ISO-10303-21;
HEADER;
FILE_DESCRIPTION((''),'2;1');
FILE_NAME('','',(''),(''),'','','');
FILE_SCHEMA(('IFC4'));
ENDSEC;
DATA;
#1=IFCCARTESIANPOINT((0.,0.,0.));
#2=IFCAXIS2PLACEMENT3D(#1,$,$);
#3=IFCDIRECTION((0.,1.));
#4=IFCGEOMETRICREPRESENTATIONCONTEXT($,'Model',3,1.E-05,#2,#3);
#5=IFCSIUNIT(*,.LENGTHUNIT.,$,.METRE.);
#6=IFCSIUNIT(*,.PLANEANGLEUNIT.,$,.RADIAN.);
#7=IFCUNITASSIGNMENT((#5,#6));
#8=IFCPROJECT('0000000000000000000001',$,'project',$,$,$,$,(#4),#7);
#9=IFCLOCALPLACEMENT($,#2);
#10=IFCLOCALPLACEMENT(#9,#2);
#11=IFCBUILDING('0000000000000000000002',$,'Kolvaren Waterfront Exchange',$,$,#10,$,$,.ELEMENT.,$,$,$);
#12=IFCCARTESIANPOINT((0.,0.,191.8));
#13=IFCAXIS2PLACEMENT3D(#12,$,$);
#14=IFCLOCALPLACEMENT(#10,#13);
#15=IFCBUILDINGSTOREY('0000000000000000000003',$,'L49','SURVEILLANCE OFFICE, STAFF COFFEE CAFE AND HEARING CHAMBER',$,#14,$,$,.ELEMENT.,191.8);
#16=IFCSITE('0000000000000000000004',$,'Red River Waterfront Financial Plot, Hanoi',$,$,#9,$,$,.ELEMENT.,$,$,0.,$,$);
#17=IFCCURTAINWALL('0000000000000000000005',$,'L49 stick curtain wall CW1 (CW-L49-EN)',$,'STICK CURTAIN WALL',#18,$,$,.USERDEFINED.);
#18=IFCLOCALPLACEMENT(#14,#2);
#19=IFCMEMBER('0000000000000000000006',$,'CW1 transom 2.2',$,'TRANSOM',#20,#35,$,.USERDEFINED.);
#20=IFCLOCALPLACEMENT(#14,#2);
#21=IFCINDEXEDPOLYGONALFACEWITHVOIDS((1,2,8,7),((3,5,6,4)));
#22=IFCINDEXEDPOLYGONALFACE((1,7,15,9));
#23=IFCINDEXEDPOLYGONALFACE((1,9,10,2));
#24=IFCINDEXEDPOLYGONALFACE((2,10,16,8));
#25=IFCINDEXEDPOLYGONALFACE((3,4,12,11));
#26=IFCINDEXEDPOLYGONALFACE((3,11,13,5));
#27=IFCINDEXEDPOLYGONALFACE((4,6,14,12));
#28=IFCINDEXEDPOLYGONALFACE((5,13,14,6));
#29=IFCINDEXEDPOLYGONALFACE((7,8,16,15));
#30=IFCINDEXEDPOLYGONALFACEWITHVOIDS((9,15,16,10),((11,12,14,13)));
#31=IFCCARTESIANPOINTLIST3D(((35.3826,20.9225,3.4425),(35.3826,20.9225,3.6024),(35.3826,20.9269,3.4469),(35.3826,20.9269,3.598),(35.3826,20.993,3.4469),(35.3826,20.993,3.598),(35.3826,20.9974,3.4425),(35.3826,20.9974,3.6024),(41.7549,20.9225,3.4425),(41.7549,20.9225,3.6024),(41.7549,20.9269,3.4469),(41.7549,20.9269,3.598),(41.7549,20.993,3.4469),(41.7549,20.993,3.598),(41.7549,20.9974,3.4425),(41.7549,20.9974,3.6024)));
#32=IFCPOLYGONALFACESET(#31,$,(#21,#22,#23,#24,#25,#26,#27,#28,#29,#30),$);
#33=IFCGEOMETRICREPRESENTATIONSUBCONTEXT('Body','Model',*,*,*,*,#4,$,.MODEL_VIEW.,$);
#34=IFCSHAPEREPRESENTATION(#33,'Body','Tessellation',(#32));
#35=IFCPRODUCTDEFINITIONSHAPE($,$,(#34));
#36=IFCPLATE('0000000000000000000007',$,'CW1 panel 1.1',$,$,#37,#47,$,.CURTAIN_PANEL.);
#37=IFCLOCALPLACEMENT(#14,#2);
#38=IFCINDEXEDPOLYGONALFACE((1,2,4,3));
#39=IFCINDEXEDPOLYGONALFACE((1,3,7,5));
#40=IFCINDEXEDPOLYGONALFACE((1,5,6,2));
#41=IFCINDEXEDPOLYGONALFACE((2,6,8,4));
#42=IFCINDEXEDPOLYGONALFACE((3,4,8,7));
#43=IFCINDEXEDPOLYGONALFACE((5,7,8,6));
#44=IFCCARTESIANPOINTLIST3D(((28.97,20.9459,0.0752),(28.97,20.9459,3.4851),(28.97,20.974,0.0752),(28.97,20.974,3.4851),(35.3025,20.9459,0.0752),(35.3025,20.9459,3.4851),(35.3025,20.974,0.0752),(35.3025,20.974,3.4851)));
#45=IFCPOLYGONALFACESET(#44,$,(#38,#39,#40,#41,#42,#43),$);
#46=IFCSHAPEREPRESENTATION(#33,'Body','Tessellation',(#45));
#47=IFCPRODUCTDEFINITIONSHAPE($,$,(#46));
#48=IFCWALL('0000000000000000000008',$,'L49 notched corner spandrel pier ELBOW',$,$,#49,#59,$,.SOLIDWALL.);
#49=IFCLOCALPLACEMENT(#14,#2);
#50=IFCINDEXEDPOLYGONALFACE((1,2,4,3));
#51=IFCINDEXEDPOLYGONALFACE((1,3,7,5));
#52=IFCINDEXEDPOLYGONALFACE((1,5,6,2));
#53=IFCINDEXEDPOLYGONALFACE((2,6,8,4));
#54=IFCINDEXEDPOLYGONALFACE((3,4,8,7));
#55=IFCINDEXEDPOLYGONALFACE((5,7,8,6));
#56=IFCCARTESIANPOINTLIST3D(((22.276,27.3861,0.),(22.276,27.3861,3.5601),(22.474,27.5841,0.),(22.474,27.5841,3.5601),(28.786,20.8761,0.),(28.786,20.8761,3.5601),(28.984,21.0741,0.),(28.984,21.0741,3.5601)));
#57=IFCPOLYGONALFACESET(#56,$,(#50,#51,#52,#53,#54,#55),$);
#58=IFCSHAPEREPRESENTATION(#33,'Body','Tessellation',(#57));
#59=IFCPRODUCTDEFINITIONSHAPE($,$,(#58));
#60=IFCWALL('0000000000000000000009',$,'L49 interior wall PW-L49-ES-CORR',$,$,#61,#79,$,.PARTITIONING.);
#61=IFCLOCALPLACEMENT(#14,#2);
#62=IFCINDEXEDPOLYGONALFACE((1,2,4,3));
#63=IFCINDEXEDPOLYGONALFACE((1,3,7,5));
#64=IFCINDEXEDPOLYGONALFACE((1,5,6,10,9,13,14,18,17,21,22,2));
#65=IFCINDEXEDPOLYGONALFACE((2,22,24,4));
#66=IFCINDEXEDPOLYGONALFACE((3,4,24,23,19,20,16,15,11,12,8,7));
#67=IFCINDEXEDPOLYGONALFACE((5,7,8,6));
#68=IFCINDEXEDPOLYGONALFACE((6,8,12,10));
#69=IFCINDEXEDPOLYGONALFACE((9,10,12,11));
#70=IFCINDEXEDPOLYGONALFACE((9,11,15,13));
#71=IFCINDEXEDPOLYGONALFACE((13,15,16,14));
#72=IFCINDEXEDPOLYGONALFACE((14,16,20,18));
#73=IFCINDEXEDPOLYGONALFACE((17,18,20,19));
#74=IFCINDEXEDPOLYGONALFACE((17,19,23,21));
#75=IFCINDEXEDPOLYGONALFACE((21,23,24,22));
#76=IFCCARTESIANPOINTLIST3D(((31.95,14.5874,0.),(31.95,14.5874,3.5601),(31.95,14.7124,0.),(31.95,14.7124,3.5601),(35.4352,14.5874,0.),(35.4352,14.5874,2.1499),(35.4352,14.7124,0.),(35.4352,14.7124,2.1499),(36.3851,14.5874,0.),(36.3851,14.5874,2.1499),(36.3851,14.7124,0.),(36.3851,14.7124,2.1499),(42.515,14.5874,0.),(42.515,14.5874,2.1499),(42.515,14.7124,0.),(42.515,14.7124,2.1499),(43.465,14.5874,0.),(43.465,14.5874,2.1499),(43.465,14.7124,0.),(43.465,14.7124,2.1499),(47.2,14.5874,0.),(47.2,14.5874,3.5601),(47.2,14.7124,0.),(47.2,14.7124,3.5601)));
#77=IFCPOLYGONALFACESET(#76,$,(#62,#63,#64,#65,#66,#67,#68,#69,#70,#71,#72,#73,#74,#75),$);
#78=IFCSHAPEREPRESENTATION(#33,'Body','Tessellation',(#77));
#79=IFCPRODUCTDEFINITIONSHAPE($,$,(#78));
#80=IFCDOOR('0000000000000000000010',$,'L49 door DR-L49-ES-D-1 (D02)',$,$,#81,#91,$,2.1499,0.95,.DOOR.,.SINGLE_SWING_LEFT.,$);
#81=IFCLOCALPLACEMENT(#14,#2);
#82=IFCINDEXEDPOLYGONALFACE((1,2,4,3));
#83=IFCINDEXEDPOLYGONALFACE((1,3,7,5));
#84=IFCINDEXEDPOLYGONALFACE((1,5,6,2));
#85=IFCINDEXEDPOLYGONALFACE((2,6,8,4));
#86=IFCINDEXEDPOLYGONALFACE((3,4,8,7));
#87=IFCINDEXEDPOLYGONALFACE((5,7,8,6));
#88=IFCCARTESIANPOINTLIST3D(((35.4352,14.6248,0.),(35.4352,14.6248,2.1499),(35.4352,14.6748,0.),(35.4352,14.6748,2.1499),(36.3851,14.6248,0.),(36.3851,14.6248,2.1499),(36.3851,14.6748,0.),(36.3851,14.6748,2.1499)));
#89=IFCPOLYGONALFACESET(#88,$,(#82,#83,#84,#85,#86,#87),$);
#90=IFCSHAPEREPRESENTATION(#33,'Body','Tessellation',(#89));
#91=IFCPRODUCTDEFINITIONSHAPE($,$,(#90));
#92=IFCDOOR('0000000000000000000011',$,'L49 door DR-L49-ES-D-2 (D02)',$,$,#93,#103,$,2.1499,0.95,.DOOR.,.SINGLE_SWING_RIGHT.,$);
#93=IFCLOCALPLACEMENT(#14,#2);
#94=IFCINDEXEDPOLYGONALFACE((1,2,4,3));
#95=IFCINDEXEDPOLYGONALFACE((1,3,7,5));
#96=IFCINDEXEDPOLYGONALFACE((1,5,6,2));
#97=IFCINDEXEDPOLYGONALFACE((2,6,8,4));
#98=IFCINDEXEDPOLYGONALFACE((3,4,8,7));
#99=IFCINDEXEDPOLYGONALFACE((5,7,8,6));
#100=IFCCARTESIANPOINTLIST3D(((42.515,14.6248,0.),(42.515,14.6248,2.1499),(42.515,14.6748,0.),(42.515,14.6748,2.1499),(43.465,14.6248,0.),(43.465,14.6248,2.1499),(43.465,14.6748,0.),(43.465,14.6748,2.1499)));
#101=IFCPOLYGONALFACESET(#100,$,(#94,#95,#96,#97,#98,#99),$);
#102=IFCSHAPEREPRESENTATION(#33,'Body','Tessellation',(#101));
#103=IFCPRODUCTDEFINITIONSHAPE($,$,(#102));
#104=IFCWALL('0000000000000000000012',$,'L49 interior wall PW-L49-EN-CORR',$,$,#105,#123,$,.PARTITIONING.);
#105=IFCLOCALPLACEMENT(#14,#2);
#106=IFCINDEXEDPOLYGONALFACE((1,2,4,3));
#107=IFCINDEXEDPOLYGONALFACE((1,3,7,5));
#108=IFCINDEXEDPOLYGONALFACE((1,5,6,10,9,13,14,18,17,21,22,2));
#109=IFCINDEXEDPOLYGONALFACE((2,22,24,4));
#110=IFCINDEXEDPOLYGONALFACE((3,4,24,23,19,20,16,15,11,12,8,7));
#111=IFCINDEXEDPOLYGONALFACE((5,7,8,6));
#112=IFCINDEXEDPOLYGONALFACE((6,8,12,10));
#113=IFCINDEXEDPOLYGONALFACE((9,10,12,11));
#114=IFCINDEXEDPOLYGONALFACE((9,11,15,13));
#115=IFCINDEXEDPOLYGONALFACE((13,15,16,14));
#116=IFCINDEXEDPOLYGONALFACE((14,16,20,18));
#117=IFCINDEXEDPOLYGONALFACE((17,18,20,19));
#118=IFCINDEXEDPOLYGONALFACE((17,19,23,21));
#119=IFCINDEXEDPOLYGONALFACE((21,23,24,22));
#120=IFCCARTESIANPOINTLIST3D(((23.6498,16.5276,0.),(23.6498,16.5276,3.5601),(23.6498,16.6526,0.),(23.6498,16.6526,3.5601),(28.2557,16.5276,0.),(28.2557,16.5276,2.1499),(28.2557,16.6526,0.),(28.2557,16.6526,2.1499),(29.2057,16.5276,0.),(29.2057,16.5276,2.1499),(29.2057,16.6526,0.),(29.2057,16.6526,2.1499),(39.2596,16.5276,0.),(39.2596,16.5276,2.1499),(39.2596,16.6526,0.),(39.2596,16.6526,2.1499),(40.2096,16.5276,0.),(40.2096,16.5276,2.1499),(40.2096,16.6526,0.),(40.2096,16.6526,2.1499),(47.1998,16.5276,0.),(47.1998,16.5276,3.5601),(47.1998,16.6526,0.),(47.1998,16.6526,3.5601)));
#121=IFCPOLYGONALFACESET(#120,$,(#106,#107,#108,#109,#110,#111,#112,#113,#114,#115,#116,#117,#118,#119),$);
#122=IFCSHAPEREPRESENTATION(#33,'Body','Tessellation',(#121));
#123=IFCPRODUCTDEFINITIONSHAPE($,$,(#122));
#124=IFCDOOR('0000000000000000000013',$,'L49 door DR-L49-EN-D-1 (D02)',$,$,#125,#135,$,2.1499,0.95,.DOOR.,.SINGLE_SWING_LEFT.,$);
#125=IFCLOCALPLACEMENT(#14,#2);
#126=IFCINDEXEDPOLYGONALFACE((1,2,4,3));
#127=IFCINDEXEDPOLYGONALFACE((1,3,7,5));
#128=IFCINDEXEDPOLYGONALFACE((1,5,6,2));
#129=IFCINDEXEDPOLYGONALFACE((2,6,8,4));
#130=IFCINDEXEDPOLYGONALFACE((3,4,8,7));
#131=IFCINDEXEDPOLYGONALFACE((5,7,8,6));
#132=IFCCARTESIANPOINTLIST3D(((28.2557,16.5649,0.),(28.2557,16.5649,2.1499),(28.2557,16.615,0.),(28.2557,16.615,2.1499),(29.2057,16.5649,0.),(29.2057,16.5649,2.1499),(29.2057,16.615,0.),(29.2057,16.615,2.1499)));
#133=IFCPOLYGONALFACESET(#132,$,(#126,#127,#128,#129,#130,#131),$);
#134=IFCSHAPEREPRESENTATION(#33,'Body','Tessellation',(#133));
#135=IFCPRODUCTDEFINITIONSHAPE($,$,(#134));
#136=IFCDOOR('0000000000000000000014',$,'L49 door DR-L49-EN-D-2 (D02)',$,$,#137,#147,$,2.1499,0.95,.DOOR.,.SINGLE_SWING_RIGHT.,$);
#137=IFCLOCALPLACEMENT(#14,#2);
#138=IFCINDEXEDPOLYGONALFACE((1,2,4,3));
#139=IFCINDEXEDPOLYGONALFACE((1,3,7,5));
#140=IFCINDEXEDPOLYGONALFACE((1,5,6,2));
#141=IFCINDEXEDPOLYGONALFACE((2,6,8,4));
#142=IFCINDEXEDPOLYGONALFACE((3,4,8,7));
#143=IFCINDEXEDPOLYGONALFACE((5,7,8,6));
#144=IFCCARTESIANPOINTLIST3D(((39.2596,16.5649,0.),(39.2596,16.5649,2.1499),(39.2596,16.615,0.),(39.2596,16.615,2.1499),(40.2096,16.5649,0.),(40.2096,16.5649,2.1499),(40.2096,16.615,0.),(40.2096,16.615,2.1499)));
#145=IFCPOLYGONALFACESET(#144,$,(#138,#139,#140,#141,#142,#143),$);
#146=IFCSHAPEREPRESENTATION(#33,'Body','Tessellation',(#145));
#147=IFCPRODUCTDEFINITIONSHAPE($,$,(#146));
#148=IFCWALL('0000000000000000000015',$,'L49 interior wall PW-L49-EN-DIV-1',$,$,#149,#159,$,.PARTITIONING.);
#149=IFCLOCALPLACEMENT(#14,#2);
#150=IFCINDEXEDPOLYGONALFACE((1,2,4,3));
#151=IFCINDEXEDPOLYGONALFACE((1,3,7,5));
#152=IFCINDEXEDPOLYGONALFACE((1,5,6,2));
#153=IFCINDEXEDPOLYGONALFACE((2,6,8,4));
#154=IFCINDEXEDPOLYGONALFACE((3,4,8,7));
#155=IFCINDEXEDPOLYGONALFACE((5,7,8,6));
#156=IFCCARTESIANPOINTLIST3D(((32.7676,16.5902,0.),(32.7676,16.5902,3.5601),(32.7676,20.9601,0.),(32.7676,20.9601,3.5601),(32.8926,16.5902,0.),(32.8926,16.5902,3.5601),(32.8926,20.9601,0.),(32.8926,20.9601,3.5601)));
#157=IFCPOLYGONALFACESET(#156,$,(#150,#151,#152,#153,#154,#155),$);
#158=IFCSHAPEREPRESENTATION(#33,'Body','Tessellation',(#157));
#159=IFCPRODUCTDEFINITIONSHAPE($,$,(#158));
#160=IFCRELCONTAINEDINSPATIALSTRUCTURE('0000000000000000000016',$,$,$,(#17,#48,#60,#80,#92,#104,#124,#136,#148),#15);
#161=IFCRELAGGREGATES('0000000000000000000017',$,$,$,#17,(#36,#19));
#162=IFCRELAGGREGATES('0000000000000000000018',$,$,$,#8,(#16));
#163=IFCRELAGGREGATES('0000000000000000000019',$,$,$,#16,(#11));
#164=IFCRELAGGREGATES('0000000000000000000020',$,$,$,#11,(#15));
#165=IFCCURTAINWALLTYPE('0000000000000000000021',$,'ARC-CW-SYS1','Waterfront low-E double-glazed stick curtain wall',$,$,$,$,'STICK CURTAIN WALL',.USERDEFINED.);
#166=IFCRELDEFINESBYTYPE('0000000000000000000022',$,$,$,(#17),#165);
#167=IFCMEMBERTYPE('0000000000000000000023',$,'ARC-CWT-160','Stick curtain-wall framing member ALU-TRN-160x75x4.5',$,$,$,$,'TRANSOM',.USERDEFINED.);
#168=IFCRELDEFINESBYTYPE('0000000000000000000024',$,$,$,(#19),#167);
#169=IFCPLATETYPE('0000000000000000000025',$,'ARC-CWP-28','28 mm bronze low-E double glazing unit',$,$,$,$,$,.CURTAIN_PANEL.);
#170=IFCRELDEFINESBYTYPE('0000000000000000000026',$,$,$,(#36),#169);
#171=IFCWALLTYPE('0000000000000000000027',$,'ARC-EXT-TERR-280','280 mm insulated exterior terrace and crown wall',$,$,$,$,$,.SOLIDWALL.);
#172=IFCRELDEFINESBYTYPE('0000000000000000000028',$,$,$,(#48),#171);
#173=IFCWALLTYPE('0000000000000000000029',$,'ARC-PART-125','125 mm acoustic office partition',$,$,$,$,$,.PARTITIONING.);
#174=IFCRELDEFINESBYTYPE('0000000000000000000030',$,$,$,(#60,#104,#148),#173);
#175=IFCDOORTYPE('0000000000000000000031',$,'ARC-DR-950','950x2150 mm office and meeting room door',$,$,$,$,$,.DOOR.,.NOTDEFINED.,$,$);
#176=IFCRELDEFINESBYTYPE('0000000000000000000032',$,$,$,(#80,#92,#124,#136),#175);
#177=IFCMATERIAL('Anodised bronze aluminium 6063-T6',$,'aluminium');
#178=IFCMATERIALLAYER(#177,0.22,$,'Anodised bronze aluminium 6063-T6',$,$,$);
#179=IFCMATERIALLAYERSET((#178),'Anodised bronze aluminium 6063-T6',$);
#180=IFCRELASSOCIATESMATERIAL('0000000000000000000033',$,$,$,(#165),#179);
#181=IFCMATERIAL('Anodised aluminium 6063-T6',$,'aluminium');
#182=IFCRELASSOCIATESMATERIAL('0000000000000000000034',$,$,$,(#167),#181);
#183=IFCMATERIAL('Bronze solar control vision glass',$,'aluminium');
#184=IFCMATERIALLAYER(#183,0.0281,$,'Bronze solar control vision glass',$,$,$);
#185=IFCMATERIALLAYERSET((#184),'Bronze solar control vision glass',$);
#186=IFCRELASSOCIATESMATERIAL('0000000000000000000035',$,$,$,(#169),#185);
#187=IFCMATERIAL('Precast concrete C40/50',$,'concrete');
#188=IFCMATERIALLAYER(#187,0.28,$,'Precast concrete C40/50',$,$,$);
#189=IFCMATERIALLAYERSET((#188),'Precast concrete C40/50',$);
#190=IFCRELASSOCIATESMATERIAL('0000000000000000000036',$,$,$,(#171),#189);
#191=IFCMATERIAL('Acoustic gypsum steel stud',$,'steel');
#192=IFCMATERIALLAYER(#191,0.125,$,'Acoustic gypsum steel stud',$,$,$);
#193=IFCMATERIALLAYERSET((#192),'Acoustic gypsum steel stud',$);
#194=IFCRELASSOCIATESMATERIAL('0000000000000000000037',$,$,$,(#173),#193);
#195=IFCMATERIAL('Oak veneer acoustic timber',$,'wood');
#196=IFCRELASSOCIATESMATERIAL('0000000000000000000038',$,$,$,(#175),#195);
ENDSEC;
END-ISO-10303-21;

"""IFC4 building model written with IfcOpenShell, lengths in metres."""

from ifc_helpers import new_model, si_unit, direction, frame, frame_2d, origin, origin_with_axes, origin_2d, place, context, subcontext, project, spatial, rectangle, hollow_rectangle, extrude, source, transform, mapped, material, layer, layer_set, material_profile, profile_set, type_object, element, fill, aggregate, save


model = new_model("IFC4")

# Units and contexts
model_context = context("Model", 3, precision=1e-05, world=origin(), true_north=direction((0.0, 1.0)))
body_context = subcontext(model_context, "Body", "Model", "MODEL_VIEW")
ifc_project = project(units=[si_unit("LENGTHUNIT", "METRE"), si_unit("PLANEANGLEUNIT", "RADIAN")], contexts=[model_context])

# Site, building, storey
site_placement = place(None, origin())
site = spatial("IfcSite", under=ifc_project, at=site_placement, Name="Red River Waterfront Financial Plot, Hanoi", CompositionType="ELEMENT", RefElevation=0.0)
building_placement = place(site_placement, origin())
building = spatial("IfcBuilding", under=site, at=building_placement, Name="Kolvaren Waterfront Exchange", CompositionType="ELEMENT")
storey_placement = place(building_placement, frame((0.0, 0.0, 191.8)))
storey = spatial("IfcBuildingStorey", under=building, at=storey_placement, Name="L49", Description="SURVEILLANCE OFFICE, STAFF COFFEE CAFE AND HEARING CHAMBER", CompositionType="ELEMENT", Elevation=191.8)

# Curtain wall, member, plate
ifc_material_1 = material(Name="Anodised bronze aluminium 6063-T6", Category="aluminium")
ifc_layer_1 = layer(ifc_material_1, 0.22, Name="Anodised bronze aluminium 6063-T6")
ifc_layer_set_1 = layer_set([ifc_layer_1], Name="Anodised bronze aluminium 6063-T6")
curtain_wall_type = type_object("IfcCurtainWallType", Name="ARC-CW-SYS1", Description="Waterfront low-E double-glazed stick curtain wall", ElementType="STICK CURTAIN WALL", PredefinedType="USERDEFINED", material=ifc_layer_set_1)
curtain_wall_placement = place(storey_placement, origin())
curtain_wall = element("IfcCurtainWall", 1, at=curtain_wall_placement, inside=storey, type_object=curtain_wall_type, Name="L49 stick curtain wall CW1 (CW-L49-EN)", ObjectType="STICK CURTAIN WALL", PredefinedType="USERDEFINED")
ifc_material_2 = material(Name="Anodised aluminium 6063-T6", Category="aluminium")
ifc_material_profile_1 = material_profile(ifc_material_2, hollow_rectangle(XDim=0.075, YDim=0.1599, WallThickness=0.0044, at=origin_2d()), Name="ALU-TRN-160x75x4.5")
ifc_profile_set_1 = profile_set([ifc_material_profile_1], Name="Anodised aluminium 6063-T6")
member_type_1 = type_object("IfcMemberType", Name="ARC-CWT-160", Description="Stick curtain-wall framing member ALU-TRN-160x75x4.5", ElementType="TRANSOM", PredefinedType="USERDEFINED", material=ifc_profile_set_1)
shared_shape_1 = source(origin_with_axes(), body_context, "Body", "SweptSolid", [
    extrude(hollow_rectangle(XDim=0.075, YDim=0.1599, WallThickness=0.0044, at=origin_2d()), origin(), (0.0, 0.0, 1.0), 6.3723),
])
member_1_placement = place(storey_placement, frame((35.3826, 20.96, 3.5225), z_axis=(1.0, 0.0, 0.0), x_axis=(0.0, 1.0, 0.0)))
member_1 = element("IfcMember", 2, at=member_1_placement, type_object=member_type_1, Name="CW1 transom 2.2", ObjectType="TRANSOM", PredefinedType="USERDEFINED", context=body_context, shape_type="MappedRepresentation", body=[
    mapped(shared_shape_1, transform((0.0, 0.0, 0.0), x_axis=(1.0, 0.0, 0.0), y_axis=(0.0, 1.0, 0.0), z_axis=(0.0, 0.0, 1.0), scale=1.0)),
])
ifc_material_3 = material(Name="Bronze solar control vision glass", Category="aluminium")
ifc_layer_2 = layer(ifc_material_3, 0.0281, Name="Bronze solar control vision glass")
ifc_layer_set_2 = layer_set([ifc_layer_2], Name="Bronze solar control vision glass")
plate_type = type_object("IfcPlateType", Name="ARC-CWP-28", Description="28 mm bronze low-E double glazing unit", PredefinedType="CURTAIN_PANEL", material=ifc_layer_set_2)
shared_shape_2 = source(origin_with_axes(), body_context, "Body", "SweptSolid", [
    extrude(rectangle(XDim=6.3325, YDim=0.0281, at=origin_2d()), origin(), (0.0, 0.0, 1.0), 3.4099),
])
plate_placement = place(storey_placement, frame((32.1362, 20.96, 0.0752), z_axis=(0.0, 0.0, 1.0), x_axis=(1.0, 0.0, 0.0)))
plate = element("IfcPlate", 3, at=plate_placement, type_object=plate_type, Name="CW1 panel 1.1", PredefinedType="CURTAIN_PANEL", context=body_context, shape_type="MappedRepresentation", body=[
    mapped(shared_shape_2, transform((0.0, 0.0, 0.0), x_axis=(1.0, 0.0, 0.0), y_axis=(0.0, 1.0, 0.0), z_axis=(0.0, 0.0, 1.0), scale=1.0)),
])
aggregate(curtain_wall, [plate, member_1])

# Wall
ifc_material_4 = material(Name="Precast concrete C40/50", Category="concrete")
ifc_layer_3 = layer(ifc_material_4, 0.28, Name="Precast concrete C40/50")
ifc_layer_set_3 = layer_set([ifc_layer_3], Name="Precast concrete C40/50")
wall_type_1 = type_object("IfcWallType", Name="ARC-EXT-TERR-280", Description="280 mm insulated exterior terrace and crown wall", PredefinedType="SOLIDWALL", material=ifc_layer_set_3)
wall_1_placement = place(storey_placement, frame((28.885, 20.9751, 0.0), z_axis=(0.0, 0.0, 1.0), x_axis=(-0.707107, 0.707107, 0.0)))
element("IfcWall", 4, at=wall_1_placement, inside=storey, type_object=wall_type_1, Name="L49 notched corner spandrel pier ELBOW", PredefinedType="SOLIDWALL", context=body_context, shape_type="SweptSolid", body=[
    extrude(rectangle(XDim=9.2065, YDim=0.28, at=frame_2d((4.6033, 0.0))), origin(), (0.0, 0.0, 1.0), 3.5601),
])

# Walls, openings, doors
ifc_material_5 = material(Name="Acoustic gypsum steel stud", Category="steel")
ifc_layer_4 = layer(ifc_material_5, 0.125, Name="Acoustic gypsum steel stud")
ifc_layer_set_4 = layer_set([ifc_layer_4], Name="Acoustic gypsum steel stud")
wall_type_2 = type_object("IfcWallType", Name="ARC-PART-125", Description="125 mm acoustic office partition", PredefinedType="PARTITIONING", material=ifc_layer_set_4)
wall_2_placement = place(storey_placement, frame((31.95, 14.6499, 0.0), z_axis=(0.0, 0.0, 1.0), x_axis=(1.0, 0.0, 0.0)))
wall_2 = element("IfcWall", 5, at=wall_2_placement, inside=storey, type_object=wall_type_2, Name="L49 interior wall PW-L49-ES-CORR", PredefinedType="PARTITIONING", context=body_context, shape_type="SweptSolid", body=[
    extrude(rectangle(XDim=15.25, YDim=0.125, at=frame_2d((7.625, 0.0))), origin(), (0.0, 0.0, 1.0), 3.5601),
])
opening_1_placement = place(wall_2_placement, frame((3.4851, 0.0, 0.0)))
opening_1 = element("IfcOpeningElement", 6, at=opening_1_placement, cuts=wall_2, PredefinedType="OPENING", context=body_context, shape_type="SweptSolid", body=[
    extrude(rectangle(XDim=0.95, YDim=2.1499, at=frame_2d((0.4751, 1.075))), frame((0.0, 0.0725, 0.0), z_axis=(0.0, -1.0, 0.0), x_axis=(1.0, 0.0, 0.0)), (0.0, 0.0, 1.0), 0.145),
])
opening_2_placement = place(wall_2_placement, frame((10.5649, 0.0, 0.0)))
opening_2 = element("IfcOpeningElement", 7, at=opening_2_placement, cuts=wall_2, PredefinedType="OPENING", context=body_context, shape_type="SweptSolid", body=[
    extrude(rectangle(XDim=0.95, YDim=2.1499, at=frame_2d((0.4751, 1.075))), frame((0.0, 0.0725, 0.0), z_axis=(0.0, -1.0, 0.0), x_axis=(1.0, 0.0, 0.0)), (0.0, 0.0, 1.0), 0.145),
])
ifc_material_6 = material(Name="Oak veneer acoustic timber", Category="wood")
door_type_1 = type_object("IfcDoorType", Name="ARC-DR-950", Description="950x2150 mm office and meeting room door", OperationType="NOTDEFINED", PredefinedType="DOOR", material=ifc_material_6)
door_1_placement = place(opening_1_placement, origin())
door_1 = element("IfcDoor", 8, at=door_1_placement, inside=storey, type_object=door_type_1, Name="L49 door DR-L49-ES-D-1 (D02)", OperationType="SINGLE_SWING_LEFT", OverallHeight=2.1499, OverallWidth=0.95, PredefinedType="DOOR", context=body_context, shape_type="SweptSolid", body=[
    extrude(rectangle(XDim=0.95, YDim=2.1499, at=frame_2d((0.4751, 1.075))), frame((0.0, 0.0249, 0.0), z_axis=(0.0, -1.0, 0.0), x_axis=(1.0, 0.0, 0.0)), (0.0, 0.0, 1.0), 0.05),
])
fill(opening_1, door_1)
door_2_placement = place(opening_2_placement, origin())
door_2 = element("IfcDoor", 9, at=door_2_placement, inside=storey, type_object=door_type_1, Name="L49 door DR-L49-ES-D-2 (D02)", OperationType="SINGLE_SWING_RIGHT", OverallHeight=2.1499, OverallWidth=0.95, PredefinedType="DOOR", context=body_context, shape_type="SweptSolid", body=[
    extrude(rectangle(XDim=0.95, YDim=2.1499, at=frame_2d((0.4751, 1.075))), frame((0.0, 0.0249, 0.0), z_axis=(0.0, -1.0, 0.0), x_axis=(1.0, 0.0, 0.0)), (0.0, 0.0, 1.0), 0.05),
])
fill(opening_2, door_2)
wall_3_placement = place(storey_placement, frame((23.6499, 16.5901, 0.0), z_axis=(0.0, 0.0, 1.0), x_axis=(1.0, 0.0, 0.0)))
wall_3 = element("IfcWall", 10, at=wall_3_placement, inside=storey, type_object=wall_type_2, Name="L49 interior wall PW-L49-EN-CORR", PredefinedType="PARTITIONING", context=body_context, shape_type="SweptSolid", body=[
    extrude(rectangle(XDim=23.55, YDim=0.125, at=frame_2d((11.7749, 0.0))), origin(), (0.0, 0.0, 1.0), 3.5601),
])
opening_3_placement = place(wall_3_placement, frame((4.6057, 0.0, 0.0)))
opening_3 = element("IfcOpeningElement", 11, at=opening_3_placement, cuts=wall_3, PredefinedType="OPENING", context=body_context, shape_type="SweptSolid", body=[
    extrude(rectangle(XDim=0.95, YDim=2.1499, at=frame_2d((0.4751, 1.075))), frame((0.0, 0.0725, 0.0), z_axis=(0.0, -1.0, 0.0), x_axis=(1.0, 0.0, 0.0)), (0.0, 0.0, 1.0), 0.145),
])
opening_4_placement = place(wall_3_placement, frame((15.6096, 0.0, 0.0)))
opening_4 = element("IfcOpeningElement", 12, at=opening_4_placement, cuts=wall_3, PredefinedType="OPENING", context=body_context, shape_type="SweptSolid", body=[
    extrude(rectangle(XDim=0.95, YDim=2.1499, at=frame_2d((0.4751, 1.075))), frame((0.0, 0.0725, 0.0), z_axis=(0.0, -1.0, 0.0), x_axis=(1.0, 0.0, 0.0)), (0.0, 0.0, 1.0), 0.145),
])
door_3_placement = place(opening_3_placement, origin())
door_3 = element("IfcDoor", 13, at=door_3_placement, inside=storey, type_object=door_type_1, Name="L49 door DR-L49-EN-D-1 (D02)", OperationType="SINGLE_SWING_LEFT", OverallHeight=2.1499, OverallWidth=0.95, PredefinedType="DOOR", context=body_context, shape_type="SweptSolid", body=[
    extrude(rectangle(XDim=0.95, YDim=2.1499, at=frame_2d((0.4751, 1.075))), frame((0.0, 0.0249, 0.0), z_axis=(0.0, -1.0, 0.0), x_axis=(1.0, 0.0, 0.0)), (0.0, 0.0, 1.0), 0.05),
])
fill(opening_3, door_3)
door_4_placement = place(opening_4_placement, origin())
door_4 = element("IfcDoor", 14, at=door_4_placement, inside=storey, type_object=door_type_1, Name="L49 door DR-L49-EN-D-2 (D02)", OperationType="SINGLE_SWING_RIGHT", OverallHeight=2.1499, OverallWidth=0.95, PredefinedType="DOOR", context=body_context, shape_type="SweptSolid", body=[
    extrude(rectangle(XDim=0.95, YDim=2.1499, at=frame_2d((0.4751, 1.075))), frame((0.0, 0.0249, 0.0), z_axis=(0.0, -1.0, 0.0), x_axis=(1.0, 0.0, 0.0)), (0.0, 0.0, 1.0), 0.05),
])
fill(opening_4, door_4)

# Wall
wall_4_placement = place(storey_placement, frame((32.8301, 16.5901, 0.0), z_axis=(0.0, 0.0, 1.0), x_axis=(0.0, 1.0, 0.0)))
element("IfcWall", 15, at=wall_4_placement, inside=storey, type_object=wall_type_2, Name="L49 interior wall PW-L49-EN-DIV-1", PredefinedType="PARTITIONING", context=body_context, shape_type="SweptSolid", body=[
    extrude(rectangle(XDim=4.3699, YDim=0.125, at=frame_2d((2.1851, 0.0))), origin(), (0.0, 0.0, 1.0), 3.5601),
])

save(model, "model.ifc")
